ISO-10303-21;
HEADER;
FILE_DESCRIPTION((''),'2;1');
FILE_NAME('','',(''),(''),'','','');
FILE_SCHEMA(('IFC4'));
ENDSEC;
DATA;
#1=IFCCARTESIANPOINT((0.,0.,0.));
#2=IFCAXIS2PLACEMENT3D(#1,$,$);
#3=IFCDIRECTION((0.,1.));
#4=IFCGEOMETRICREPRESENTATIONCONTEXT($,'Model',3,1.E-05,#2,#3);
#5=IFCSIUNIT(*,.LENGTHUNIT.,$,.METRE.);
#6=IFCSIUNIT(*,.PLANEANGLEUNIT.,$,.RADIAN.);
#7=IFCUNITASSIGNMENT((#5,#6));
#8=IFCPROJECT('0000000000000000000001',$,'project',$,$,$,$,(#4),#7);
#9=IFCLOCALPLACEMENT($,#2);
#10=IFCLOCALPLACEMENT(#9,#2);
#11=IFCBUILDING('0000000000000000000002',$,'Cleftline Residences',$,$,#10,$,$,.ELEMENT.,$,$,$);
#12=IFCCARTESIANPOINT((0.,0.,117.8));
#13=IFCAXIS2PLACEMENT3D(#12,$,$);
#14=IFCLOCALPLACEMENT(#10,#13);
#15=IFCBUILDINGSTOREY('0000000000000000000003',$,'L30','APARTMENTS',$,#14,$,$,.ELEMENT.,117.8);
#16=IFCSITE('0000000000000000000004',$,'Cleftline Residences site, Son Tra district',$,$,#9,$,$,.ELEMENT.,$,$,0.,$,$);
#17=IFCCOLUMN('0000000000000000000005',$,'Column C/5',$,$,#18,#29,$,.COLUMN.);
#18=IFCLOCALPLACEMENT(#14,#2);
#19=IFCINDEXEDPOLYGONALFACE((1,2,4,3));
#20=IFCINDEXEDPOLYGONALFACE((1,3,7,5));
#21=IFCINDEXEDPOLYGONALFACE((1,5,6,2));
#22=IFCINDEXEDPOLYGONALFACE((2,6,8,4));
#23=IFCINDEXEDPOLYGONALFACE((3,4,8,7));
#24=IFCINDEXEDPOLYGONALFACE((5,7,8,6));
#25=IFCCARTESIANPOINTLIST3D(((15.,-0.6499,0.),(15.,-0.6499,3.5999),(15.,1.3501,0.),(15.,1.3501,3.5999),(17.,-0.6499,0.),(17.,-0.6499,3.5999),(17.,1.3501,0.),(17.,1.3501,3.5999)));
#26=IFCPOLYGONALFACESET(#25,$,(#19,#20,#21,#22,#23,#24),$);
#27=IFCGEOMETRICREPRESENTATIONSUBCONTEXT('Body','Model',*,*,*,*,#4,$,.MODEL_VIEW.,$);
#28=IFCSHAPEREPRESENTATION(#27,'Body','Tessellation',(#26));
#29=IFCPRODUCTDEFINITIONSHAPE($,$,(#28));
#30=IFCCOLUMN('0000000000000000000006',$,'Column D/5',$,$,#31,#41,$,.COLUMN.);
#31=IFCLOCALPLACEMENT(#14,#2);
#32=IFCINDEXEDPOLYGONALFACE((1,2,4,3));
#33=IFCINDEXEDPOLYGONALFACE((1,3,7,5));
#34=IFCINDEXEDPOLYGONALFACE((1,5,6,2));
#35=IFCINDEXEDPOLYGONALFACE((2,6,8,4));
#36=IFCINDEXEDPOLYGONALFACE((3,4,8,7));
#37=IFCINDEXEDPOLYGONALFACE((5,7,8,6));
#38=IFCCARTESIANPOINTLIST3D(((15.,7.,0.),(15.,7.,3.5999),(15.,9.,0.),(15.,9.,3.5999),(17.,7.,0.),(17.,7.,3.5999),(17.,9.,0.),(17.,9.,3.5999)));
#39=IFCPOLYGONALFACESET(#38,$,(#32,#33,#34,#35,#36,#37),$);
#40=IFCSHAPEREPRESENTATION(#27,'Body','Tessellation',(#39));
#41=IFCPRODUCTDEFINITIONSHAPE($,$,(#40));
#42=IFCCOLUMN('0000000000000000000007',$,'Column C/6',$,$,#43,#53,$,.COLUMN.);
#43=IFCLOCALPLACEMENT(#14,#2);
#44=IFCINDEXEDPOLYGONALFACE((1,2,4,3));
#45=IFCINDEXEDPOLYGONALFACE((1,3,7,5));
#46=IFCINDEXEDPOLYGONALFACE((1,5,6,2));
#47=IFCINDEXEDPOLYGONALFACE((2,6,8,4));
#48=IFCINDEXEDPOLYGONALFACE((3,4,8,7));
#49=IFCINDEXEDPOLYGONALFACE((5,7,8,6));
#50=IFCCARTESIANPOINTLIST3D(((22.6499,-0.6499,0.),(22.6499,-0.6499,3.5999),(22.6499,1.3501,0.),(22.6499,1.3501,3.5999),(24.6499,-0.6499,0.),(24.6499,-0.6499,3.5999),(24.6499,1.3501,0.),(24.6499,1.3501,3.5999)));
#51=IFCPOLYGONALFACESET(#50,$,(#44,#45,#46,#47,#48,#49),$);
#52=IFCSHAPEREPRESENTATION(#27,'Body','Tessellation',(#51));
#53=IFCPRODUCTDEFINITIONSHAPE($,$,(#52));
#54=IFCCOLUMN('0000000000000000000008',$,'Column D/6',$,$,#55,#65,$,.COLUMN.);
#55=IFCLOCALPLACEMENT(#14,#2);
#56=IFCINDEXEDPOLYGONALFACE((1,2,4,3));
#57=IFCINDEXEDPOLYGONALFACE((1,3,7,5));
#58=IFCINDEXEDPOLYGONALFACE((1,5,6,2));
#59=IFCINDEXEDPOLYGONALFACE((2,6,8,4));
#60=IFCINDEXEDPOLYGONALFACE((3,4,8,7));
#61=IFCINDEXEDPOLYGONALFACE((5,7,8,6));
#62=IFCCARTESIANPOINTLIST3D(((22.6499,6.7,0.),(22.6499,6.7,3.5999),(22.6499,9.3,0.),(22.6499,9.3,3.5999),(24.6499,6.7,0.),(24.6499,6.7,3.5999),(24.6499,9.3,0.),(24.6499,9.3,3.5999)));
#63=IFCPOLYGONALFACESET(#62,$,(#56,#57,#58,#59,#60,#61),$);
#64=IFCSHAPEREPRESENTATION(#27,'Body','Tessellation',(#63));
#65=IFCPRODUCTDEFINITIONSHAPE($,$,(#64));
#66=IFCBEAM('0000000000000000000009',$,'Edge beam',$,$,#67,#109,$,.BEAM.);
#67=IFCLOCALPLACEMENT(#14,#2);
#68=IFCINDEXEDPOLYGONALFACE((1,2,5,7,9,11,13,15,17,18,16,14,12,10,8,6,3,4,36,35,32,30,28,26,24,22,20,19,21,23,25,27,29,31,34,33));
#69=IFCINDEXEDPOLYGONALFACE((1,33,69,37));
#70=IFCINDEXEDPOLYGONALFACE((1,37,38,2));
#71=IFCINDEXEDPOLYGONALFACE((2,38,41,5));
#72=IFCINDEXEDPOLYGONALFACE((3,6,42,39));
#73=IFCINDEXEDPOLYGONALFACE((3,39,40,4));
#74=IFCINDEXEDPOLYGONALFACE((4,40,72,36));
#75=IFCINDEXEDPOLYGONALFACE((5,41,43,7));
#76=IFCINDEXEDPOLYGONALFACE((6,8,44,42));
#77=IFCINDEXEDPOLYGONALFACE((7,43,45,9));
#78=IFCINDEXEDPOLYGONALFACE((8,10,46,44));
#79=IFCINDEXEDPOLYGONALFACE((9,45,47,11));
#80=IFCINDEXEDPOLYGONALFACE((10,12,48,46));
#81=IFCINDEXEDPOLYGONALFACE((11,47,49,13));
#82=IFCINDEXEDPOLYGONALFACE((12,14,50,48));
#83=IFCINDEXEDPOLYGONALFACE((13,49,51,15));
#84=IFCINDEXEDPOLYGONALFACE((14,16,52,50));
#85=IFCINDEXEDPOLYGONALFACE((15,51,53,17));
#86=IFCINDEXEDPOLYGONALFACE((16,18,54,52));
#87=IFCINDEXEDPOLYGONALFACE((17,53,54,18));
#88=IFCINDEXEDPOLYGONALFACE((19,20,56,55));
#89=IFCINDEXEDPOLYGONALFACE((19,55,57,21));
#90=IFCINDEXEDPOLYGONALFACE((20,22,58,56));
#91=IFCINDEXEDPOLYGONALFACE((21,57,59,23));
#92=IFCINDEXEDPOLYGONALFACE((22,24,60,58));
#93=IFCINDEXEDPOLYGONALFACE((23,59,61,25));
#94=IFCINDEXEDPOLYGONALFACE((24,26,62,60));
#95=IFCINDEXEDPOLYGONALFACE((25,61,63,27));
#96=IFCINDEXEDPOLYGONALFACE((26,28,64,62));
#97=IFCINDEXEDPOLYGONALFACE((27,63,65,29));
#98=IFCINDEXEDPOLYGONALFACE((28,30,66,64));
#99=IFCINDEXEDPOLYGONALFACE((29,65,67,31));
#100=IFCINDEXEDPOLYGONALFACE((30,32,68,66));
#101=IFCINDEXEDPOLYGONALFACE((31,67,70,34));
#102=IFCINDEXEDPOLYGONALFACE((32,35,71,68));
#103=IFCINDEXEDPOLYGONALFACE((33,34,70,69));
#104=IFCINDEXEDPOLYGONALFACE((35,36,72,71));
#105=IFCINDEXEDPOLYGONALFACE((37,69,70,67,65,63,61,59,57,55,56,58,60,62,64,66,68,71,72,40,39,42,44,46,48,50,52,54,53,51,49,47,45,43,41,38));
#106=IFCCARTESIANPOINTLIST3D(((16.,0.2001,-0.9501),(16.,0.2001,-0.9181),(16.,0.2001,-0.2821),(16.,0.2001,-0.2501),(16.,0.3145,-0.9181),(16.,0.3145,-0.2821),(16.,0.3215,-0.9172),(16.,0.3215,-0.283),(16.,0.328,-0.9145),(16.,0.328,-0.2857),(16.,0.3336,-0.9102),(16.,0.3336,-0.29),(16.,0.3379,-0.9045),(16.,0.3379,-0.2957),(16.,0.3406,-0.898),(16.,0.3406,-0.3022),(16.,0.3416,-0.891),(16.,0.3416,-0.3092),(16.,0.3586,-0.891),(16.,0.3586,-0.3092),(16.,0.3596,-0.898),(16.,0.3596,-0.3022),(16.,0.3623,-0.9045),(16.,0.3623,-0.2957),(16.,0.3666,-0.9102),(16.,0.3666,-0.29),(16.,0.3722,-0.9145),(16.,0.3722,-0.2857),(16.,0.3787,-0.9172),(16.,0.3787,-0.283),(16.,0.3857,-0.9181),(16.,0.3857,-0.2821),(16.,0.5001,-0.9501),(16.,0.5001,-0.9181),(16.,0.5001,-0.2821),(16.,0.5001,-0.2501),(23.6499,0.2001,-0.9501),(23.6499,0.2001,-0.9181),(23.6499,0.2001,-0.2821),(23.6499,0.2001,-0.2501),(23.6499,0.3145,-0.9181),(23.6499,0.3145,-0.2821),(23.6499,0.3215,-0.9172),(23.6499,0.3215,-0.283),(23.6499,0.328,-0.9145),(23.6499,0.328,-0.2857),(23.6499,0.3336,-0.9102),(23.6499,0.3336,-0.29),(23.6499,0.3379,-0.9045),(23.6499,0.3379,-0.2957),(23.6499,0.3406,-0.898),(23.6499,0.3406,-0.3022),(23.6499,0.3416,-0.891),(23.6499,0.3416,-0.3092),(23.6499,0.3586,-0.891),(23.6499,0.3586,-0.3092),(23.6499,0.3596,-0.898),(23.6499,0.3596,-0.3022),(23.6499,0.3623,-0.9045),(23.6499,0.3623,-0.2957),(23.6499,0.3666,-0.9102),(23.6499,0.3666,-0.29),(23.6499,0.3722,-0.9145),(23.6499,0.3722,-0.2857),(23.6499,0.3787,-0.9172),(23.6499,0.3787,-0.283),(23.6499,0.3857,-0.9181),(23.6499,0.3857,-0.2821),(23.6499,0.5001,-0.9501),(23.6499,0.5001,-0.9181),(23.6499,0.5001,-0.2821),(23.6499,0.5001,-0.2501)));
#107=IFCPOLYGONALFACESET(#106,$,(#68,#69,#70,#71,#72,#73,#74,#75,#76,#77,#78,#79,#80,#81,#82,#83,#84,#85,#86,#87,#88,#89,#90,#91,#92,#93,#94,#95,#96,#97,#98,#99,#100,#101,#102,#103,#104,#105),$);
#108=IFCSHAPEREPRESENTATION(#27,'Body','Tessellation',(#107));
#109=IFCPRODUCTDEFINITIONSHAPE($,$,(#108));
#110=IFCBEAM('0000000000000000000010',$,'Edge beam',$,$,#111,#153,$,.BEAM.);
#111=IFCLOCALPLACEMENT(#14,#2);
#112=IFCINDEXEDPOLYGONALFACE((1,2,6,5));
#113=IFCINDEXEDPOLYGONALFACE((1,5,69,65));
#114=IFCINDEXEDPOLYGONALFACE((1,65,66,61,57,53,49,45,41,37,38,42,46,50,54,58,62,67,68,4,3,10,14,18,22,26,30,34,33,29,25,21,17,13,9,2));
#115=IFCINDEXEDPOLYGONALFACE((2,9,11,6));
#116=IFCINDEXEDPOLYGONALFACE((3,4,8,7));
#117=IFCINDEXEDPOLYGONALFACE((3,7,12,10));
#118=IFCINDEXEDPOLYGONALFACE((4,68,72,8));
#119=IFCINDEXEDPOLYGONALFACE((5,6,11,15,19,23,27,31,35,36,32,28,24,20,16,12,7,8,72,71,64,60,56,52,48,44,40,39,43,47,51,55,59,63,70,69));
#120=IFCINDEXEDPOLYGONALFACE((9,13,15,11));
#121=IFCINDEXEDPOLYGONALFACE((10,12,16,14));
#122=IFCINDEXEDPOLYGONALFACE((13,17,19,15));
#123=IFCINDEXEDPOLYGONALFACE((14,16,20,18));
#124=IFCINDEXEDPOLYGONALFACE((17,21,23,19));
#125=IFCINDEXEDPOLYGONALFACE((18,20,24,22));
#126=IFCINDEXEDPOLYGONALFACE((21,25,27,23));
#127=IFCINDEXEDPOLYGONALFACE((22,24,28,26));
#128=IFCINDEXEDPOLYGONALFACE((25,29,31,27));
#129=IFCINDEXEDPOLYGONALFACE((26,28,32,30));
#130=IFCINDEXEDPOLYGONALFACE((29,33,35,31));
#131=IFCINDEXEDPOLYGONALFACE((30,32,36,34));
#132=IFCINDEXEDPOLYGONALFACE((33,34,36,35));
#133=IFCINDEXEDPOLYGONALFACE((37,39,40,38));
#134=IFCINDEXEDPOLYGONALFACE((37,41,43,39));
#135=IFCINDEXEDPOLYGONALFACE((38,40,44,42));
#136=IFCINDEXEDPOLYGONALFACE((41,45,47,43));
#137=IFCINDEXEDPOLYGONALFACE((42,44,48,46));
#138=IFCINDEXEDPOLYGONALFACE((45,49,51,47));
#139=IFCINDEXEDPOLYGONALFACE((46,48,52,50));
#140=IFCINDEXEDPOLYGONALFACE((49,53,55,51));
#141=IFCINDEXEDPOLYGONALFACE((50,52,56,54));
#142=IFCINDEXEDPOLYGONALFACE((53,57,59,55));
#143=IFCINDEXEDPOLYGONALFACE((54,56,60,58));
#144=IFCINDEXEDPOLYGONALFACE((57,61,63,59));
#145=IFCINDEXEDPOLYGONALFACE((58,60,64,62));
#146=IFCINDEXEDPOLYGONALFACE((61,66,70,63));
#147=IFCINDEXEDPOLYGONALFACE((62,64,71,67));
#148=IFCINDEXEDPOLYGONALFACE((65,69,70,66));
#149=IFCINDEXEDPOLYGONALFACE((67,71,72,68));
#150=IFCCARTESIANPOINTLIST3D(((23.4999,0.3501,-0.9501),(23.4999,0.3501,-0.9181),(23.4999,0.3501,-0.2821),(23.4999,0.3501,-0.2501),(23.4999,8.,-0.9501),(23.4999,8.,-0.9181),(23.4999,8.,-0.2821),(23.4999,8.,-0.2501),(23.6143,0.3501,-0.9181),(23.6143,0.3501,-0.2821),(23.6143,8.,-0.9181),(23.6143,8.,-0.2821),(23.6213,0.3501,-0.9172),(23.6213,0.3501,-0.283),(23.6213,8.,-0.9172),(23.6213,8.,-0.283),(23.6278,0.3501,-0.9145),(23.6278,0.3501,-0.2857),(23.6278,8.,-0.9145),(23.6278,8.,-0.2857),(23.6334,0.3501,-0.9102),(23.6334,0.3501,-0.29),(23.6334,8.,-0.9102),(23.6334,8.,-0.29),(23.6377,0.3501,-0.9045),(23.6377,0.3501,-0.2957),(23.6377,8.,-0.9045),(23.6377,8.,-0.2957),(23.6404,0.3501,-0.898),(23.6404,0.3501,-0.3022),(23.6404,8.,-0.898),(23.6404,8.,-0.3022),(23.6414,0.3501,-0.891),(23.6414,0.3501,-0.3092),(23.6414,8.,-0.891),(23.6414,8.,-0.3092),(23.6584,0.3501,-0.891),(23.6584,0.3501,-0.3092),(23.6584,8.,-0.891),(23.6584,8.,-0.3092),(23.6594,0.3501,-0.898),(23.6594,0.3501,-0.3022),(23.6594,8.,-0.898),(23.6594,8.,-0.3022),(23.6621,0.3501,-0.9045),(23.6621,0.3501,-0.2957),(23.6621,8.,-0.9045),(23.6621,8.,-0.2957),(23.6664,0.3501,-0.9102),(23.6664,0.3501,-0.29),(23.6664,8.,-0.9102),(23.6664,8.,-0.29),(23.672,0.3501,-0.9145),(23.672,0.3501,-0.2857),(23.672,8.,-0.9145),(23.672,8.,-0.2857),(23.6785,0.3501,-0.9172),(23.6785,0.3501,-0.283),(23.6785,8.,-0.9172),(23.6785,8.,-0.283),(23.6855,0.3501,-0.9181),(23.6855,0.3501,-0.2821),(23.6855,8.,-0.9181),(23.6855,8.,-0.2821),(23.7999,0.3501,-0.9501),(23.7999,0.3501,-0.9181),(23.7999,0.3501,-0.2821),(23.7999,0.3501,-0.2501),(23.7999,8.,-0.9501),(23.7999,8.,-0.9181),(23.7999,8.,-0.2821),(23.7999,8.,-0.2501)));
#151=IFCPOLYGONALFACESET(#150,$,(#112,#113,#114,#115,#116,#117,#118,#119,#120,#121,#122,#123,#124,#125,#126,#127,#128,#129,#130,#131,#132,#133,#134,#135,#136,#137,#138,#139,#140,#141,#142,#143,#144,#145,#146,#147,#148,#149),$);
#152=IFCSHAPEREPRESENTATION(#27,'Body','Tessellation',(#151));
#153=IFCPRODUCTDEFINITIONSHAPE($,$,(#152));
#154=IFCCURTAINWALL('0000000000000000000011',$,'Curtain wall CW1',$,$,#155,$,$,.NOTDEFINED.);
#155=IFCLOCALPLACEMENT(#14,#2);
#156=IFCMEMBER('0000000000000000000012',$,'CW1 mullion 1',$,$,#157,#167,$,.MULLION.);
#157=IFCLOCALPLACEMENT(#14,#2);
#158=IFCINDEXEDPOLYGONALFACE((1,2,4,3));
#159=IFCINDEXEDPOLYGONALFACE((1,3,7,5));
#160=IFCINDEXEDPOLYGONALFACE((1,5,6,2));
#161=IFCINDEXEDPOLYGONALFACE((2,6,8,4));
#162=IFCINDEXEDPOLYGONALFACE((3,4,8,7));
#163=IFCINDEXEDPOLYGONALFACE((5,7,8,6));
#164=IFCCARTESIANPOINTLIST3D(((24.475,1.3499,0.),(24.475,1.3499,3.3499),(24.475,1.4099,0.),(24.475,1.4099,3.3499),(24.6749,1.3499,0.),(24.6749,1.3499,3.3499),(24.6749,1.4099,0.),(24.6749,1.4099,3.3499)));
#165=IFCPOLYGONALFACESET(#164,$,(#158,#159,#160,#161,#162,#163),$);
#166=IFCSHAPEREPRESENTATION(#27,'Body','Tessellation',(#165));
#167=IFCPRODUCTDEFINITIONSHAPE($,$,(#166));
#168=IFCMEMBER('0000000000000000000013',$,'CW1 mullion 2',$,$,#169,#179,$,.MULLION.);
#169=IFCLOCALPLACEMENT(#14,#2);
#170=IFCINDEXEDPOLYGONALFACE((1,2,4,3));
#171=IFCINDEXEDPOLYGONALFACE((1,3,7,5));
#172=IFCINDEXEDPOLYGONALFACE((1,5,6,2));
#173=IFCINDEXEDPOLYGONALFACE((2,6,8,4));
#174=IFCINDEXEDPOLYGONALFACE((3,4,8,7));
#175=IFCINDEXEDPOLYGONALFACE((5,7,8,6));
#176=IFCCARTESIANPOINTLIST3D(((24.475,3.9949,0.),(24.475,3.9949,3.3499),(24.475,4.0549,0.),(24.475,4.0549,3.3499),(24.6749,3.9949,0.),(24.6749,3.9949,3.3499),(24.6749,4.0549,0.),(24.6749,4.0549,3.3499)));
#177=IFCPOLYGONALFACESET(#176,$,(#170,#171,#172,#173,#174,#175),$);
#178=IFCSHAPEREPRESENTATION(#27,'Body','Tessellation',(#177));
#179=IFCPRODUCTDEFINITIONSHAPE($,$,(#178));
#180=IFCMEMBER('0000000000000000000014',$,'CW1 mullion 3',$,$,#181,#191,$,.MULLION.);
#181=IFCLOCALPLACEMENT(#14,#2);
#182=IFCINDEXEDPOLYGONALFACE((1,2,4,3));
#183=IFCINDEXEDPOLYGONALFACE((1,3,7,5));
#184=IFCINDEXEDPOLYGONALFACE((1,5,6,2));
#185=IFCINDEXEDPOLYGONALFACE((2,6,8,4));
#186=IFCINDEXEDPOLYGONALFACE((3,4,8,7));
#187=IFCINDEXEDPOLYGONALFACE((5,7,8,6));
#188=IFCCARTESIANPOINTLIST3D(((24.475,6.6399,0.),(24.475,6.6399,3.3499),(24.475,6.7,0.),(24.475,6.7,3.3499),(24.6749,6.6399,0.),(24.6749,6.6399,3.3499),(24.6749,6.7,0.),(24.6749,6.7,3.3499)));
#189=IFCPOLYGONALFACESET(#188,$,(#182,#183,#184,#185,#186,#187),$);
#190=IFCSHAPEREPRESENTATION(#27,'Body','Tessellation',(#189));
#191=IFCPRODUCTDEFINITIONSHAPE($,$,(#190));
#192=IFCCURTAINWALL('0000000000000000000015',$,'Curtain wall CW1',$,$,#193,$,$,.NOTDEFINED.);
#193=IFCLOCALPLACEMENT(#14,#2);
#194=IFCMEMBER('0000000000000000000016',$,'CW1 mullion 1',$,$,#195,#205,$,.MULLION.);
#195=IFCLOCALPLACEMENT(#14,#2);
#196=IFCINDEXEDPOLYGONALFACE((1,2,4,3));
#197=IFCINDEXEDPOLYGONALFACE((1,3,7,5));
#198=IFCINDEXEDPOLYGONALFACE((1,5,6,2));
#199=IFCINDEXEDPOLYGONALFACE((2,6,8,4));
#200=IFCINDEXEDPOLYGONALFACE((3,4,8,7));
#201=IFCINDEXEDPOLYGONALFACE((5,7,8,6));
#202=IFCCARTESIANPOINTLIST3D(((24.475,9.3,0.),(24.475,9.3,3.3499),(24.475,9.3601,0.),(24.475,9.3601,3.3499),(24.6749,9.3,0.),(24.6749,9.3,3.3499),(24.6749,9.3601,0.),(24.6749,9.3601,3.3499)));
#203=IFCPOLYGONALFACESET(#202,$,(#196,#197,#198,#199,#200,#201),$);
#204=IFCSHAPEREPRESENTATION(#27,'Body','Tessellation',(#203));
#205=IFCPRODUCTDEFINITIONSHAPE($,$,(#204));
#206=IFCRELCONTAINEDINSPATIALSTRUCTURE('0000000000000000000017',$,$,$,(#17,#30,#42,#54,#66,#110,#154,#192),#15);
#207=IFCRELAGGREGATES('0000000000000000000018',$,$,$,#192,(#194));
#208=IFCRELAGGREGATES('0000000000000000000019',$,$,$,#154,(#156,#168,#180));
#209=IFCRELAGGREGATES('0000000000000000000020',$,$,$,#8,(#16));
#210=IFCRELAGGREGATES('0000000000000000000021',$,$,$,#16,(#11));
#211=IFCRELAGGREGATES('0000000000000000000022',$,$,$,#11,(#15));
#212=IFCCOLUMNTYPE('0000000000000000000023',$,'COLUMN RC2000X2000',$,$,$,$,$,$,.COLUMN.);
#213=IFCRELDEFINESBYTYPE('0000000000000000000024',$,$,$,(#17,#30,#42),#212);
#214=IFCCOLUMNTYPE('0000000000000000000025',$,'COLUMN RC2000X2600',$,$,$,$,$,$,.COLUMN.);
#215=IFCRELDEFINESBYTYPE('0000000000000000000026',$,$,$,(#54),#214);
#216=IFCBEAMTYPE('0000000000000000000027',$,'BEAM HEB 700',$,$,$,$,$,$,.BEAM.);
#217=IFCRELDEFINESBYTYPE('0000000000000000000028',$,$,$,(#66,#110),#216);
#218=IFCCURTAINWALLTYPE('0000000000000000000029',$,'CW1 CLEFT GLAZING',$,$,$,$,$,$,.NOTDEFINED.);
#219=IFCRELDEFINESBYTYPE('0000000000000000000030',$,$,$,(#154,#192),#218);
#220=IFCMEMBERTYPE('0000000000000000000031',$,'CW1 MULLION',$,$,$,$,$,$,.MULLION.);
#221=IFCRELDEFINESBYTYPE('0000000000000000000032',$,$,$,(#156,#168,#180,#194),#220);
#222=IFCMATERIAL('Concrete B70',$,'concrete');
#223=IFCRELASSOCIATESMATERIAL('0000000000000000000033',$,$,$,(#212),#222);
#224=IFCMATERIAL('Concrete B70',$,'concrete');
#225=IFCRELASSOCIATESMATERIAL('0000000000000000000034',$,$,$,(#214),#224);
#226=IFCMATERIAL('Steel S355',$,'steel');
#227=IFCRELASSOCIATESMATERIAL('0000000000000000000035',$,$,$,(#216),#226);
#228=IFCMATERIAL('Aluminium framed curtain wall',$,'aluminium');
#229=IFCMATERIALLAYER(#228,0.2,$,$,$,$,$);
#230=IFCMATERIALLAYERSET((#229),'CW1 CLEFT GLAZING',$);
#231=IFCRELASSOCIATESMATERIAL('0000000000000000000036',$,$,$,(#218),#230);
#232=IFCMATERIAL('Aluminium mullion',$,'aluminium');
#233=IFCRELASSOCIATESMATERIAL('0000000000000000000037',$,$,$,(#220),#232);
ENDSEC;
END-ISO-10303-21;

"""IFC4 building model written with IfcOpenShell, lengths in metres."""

from ifc_helpers import new_model, si_unit, direction, frame, origin, origin_2d, place, context, subcontext, project, spatial, rectangle, i_section, extrude, material, layer, layer_set, material_profile, profile_set, type_object, element, aggregate, save


model = new_model("IFC4")

# Units and contexts
model_context = context("Model", 3, precision=1e-05, world=origin(), true_north=direction((0.0, 1.0)))
body_context = subcontext(model_context, "Body", "Model", "MODEL_VIEW")
ifc_project = project(units=[si_unit("LENGTHUNIT", "METRE"), si_unit("PLANEANGLEUNIT", "RADIAN")], contexts=[model_context])

# Site, building, storey
site_placement = place(None, origin())
site = spatial("IfcSite", under=ifc_project, at=site_placement, Name="Cleftline Residences site, Son Tra district", CompositionType="ELEMENT", RefElevation=0.0)
building_placement = place(site_placement, origin())
building = spatial("IfcBuilding", under=site, at=building_placement, Name="Cleftline Residences", CompositionType="ELEMENT")
storey_placement = place(building_placement, frame((0.0, 0.0, 117.8)))
storey = spatial("IfcBuildingStorey", under=building, at=storey_placement, Name="L30", Description="APARTMENTS", CompositionType="ELEMENT", Elevation=117.8)

# Columns
ifc_material_1 = material(Name="Concrete B70", Category="concrete")
ifc_material_profile_1 = material_profile(ifc_material_1, rectangle(XDim=2.0, YDim=2.0, at=origin_2d()))
ifc_profile_set_1 = profile_set([ifc_material_profile_1], Name="Concrete B70")
column_type_1 = type_object("IfcColumnType", Name="COLUMN RC2000X2000", PredefinedType="COLUMN", material=ifc_profile_set_1)
for number, where, z_axis, x_axis, name in (
    (1, (16.0, 0.3501, 0.0), (0.0, 0.0, 1.0), (1.0, 0.0, 0.0), "Column C/5"),
    (2, (16.0, 8.0, 0.0), (0.0, 0.0, 1.0), (1.0, 0.0, 0.0), "Column D/5"),
    (3, (23.6499, 0.3501, 0.0), (0.0, 0.0, 1.0), (1.0, 0.0, 0.0), "Column C/6"),
):
    element("IfcColumn", number, at=place(storey_placement, frame(where, z_axis=z_axis, x_axis=x_axis)), inside=storey, type_object=column_type_1, Name=name, PredefinedType="COLUMN", context=body_context, shape_type="SweptSolid", body=[
        extrude(rectangle(XDim=2.0, YDim=2.0, at=origin_2d()), origin(), (0.0, 0.0, 1.0), 3.5999),
    ])
ifc_material_2 = material(Name="Concrete B70", Category="concrete")
ifc_material_profile_2 = material_profile(ifc_material_2, rectangle(XDim=2.0, YDim=2.6001, at=origin_2d()))
ifc_profile_set_2 = profile_set([ifc_material_profile_2], Name="Concrete B70")
column_type_2 = type_object("IfcColumnType", Name="COLUMN RC2000X2600", PredefinedType="COLUMN", material=ifc_profile_set_2)
column_placement = place(storey_placement, frame((23.6499, 8.0, 0.0), z_axis=(0.0, 0.0, 1.0), x_axis=(1.0, 0.0, 0.0)))
element("IfcColumn", 4, at=column_placement, inside=storey, type_object=column_type_2, Name="Column D/6", PredefinedType="COLUMN", context=body_context, shape_type="SweptSolid", body=[
    extrude(rectangle(XDim=2.0, YDim=2.6001, at=origin_2d()), origin(), (0.0, 0.0, 1.0), 3.5999),
])

# Beams
ifc_material_3 = material(Name="Steel S355", Category="steel")
ifc_material_profile_3 = material_profile(ifc_material_3, i_section(OverallWidth=0.3, OverallDepth=0.7, WebThickness=0.0171, FlangeThickness=0.032, FilletRadius=0.0271, at=origin_2d()))
ifc_profile_set_3 = profile_set([ifc_material_profile_3], Name="Steel S355")
beam_type = type_object("IfcBeamType", Name="BEAM HEB 700", PredefinedType="BEAM", material=ifc_profile_set_3)
for number, where, z_axis, x_axis, name in (
    (5, (16.0, 0.3501, -0.6001), (1.0, 0.0, 0.0), (0.0, 1.0, 0.0), "Edge beam"),
    (6, (23.6499, 0.3501, -0.6001), (0.0, 1.0, 0.0), (-1.0, 0.0, 0.0), "Edge beam"),
):
    element("IfcBeam", number, at=place(storey_placement, frame(where, z_axis=z_axis, x_axis=x_axis)), inside=storey, type_object=beam_type, Name=name, PredefinedType="BEAM", context=body_context, shape_type="SweptSolid", body=[
        extrude(i_section(OverallWidth=0.3, OverallDepth=0.7, WebThickness=0.0171, FlangeThickness=0.032, FilletRadius=0.0271, at=origin_2d()), origin(), (0.0, 0.0, 1.0), 7.6499),
    ])

# Curtain wall, members
ifc_material_4 = material(Name="Aluminium framed curtain wall", Category="aluminium")
ifc_layer_1 = layer(ifc_material_4, 0.2)
ifc_layer_set_1 = layer_set([ifc_layer_1], Name="CW1 CLEFT GLAZING")
curtain_wall_type = type_object("IfcCurtainWallType", Name="CW1 CLEFT GLAZING", PredefinedType="NOTDEFINED", material=ifc_layer_set_1)
curtain_wall_1_placement = place(storey_placement, origin())
curtain_wall_1 = element("IfcCurtainWall", 7, at=curtain_wall_1_placement, inside=storey, type_object=curtain_wall_type, Name="Curtain wall CW1", PredefinedType="NOTDEFINED")
ifc_material_5 = material(Name="Aluminium mullion", Category="aluminium")
ifc_material_profile_4 = material_profile(ifc_material_5, rectangle(XDim=0.2, YDim=0.0601, at=origin_2d()))
ifc_profile_set_4 = profile_set([ifc_material_profile_4], Name="Aluminium mullion")
member_type_1 = type_object("IfcMemberType", Name="CW1 MULLION", PredefinedType="MULLION", material=ifc_profile_set_4)
member_1_placement = place(storey_placement, frame((24.575, 1.3799, 0.0), z_axis=(0.0, 0.0, 1.0), x_axis=(-1.0, 0.0, 0.0)))
member_1 = element("IfcMember", 8, at=member_1_placement, type_object=member_type_1, Name="CW1 mullion 1", PredefinedType="MULLION", context=body_context, shape_type="SweptSolid", body=[
    extrude(rectangle(XDim=0.2, YDim=0.0601, at=origin_2d()), origin(), (0.0, 0.0, 1.0), 3.3499),
])
member_2_placement = place(storey_placement, frame((24.575, 4.0249, 0.0), z_axis=(0.0, 0.0, 1.0), x_axis=(-1.0, 0.0, 0.0)))
member_2 = element("IfcMember", 9, at=member_2_placement, type_object=member_type_1, Name="CW1 mullion 2", PredefinedType="MULLION", context=body_context, shape_type="SweptSolid", body=[
    extrude(rectangle(XDim=0.2, YDim=0.0601, at=origin_2d()), origin(), (0.0, 0.0, 1.0), 3.3499),
])
member_3_placement = place(storey_placement, frame((24.575, 6.6699, 0.0), z_axis=(0.0, 0.0, 1.0), x_axis=(-1.0, 0.0, 0.0)))
member_3 = element("IfcMember", 10, at=member_3_placement, type_object=member_type_1, Name="CW1 mullion 3", PredefinedType="MULLION", context=body_context, shape_type="SweptSolid", body=[
    extrude(rectangle(XDim=0.2, YDim=0.0601, at=origin_2d()), origin(), (0.0, 0.0, 1.0), 3.3499),
])

# Curtain wall, member
curtain_wall_2_placement = place(storey_placement, origin())
curtain_wall_2 = element("IfcCurtainWall", 11, at=curtain_wall_2_placement, inside=storey, type_object=curtain_wall_type, Name="Curtain wall CW1", PredefinedType="NOTDEFINED")
member_4_placement = place(storey_placement, frame((24.575, 9.3301, 0.0), z_axis=(0.0, 0.0, 1.0), x_axis=(-1.0, 0.0, 0.0)))
member_4 = element("IfcMember", 12, at=member_4_placement, type_object=member_type_1, Name="CW1 mullion 1", PredefinedType="MULLION", context=body_context, shape_type="SweptSolid", body=[
    extrude(rectangle(XDim=0.2, YDim=0.0601, at=origin_2d()), origin(), (0.0, 0.0, 1.0), 3.3499),
])

aggregate(curtain_wall_2, [member_4])

aggregate(curtain_wall_1, [member_1, member_2, member_3])

save(model, "model.ifc")
